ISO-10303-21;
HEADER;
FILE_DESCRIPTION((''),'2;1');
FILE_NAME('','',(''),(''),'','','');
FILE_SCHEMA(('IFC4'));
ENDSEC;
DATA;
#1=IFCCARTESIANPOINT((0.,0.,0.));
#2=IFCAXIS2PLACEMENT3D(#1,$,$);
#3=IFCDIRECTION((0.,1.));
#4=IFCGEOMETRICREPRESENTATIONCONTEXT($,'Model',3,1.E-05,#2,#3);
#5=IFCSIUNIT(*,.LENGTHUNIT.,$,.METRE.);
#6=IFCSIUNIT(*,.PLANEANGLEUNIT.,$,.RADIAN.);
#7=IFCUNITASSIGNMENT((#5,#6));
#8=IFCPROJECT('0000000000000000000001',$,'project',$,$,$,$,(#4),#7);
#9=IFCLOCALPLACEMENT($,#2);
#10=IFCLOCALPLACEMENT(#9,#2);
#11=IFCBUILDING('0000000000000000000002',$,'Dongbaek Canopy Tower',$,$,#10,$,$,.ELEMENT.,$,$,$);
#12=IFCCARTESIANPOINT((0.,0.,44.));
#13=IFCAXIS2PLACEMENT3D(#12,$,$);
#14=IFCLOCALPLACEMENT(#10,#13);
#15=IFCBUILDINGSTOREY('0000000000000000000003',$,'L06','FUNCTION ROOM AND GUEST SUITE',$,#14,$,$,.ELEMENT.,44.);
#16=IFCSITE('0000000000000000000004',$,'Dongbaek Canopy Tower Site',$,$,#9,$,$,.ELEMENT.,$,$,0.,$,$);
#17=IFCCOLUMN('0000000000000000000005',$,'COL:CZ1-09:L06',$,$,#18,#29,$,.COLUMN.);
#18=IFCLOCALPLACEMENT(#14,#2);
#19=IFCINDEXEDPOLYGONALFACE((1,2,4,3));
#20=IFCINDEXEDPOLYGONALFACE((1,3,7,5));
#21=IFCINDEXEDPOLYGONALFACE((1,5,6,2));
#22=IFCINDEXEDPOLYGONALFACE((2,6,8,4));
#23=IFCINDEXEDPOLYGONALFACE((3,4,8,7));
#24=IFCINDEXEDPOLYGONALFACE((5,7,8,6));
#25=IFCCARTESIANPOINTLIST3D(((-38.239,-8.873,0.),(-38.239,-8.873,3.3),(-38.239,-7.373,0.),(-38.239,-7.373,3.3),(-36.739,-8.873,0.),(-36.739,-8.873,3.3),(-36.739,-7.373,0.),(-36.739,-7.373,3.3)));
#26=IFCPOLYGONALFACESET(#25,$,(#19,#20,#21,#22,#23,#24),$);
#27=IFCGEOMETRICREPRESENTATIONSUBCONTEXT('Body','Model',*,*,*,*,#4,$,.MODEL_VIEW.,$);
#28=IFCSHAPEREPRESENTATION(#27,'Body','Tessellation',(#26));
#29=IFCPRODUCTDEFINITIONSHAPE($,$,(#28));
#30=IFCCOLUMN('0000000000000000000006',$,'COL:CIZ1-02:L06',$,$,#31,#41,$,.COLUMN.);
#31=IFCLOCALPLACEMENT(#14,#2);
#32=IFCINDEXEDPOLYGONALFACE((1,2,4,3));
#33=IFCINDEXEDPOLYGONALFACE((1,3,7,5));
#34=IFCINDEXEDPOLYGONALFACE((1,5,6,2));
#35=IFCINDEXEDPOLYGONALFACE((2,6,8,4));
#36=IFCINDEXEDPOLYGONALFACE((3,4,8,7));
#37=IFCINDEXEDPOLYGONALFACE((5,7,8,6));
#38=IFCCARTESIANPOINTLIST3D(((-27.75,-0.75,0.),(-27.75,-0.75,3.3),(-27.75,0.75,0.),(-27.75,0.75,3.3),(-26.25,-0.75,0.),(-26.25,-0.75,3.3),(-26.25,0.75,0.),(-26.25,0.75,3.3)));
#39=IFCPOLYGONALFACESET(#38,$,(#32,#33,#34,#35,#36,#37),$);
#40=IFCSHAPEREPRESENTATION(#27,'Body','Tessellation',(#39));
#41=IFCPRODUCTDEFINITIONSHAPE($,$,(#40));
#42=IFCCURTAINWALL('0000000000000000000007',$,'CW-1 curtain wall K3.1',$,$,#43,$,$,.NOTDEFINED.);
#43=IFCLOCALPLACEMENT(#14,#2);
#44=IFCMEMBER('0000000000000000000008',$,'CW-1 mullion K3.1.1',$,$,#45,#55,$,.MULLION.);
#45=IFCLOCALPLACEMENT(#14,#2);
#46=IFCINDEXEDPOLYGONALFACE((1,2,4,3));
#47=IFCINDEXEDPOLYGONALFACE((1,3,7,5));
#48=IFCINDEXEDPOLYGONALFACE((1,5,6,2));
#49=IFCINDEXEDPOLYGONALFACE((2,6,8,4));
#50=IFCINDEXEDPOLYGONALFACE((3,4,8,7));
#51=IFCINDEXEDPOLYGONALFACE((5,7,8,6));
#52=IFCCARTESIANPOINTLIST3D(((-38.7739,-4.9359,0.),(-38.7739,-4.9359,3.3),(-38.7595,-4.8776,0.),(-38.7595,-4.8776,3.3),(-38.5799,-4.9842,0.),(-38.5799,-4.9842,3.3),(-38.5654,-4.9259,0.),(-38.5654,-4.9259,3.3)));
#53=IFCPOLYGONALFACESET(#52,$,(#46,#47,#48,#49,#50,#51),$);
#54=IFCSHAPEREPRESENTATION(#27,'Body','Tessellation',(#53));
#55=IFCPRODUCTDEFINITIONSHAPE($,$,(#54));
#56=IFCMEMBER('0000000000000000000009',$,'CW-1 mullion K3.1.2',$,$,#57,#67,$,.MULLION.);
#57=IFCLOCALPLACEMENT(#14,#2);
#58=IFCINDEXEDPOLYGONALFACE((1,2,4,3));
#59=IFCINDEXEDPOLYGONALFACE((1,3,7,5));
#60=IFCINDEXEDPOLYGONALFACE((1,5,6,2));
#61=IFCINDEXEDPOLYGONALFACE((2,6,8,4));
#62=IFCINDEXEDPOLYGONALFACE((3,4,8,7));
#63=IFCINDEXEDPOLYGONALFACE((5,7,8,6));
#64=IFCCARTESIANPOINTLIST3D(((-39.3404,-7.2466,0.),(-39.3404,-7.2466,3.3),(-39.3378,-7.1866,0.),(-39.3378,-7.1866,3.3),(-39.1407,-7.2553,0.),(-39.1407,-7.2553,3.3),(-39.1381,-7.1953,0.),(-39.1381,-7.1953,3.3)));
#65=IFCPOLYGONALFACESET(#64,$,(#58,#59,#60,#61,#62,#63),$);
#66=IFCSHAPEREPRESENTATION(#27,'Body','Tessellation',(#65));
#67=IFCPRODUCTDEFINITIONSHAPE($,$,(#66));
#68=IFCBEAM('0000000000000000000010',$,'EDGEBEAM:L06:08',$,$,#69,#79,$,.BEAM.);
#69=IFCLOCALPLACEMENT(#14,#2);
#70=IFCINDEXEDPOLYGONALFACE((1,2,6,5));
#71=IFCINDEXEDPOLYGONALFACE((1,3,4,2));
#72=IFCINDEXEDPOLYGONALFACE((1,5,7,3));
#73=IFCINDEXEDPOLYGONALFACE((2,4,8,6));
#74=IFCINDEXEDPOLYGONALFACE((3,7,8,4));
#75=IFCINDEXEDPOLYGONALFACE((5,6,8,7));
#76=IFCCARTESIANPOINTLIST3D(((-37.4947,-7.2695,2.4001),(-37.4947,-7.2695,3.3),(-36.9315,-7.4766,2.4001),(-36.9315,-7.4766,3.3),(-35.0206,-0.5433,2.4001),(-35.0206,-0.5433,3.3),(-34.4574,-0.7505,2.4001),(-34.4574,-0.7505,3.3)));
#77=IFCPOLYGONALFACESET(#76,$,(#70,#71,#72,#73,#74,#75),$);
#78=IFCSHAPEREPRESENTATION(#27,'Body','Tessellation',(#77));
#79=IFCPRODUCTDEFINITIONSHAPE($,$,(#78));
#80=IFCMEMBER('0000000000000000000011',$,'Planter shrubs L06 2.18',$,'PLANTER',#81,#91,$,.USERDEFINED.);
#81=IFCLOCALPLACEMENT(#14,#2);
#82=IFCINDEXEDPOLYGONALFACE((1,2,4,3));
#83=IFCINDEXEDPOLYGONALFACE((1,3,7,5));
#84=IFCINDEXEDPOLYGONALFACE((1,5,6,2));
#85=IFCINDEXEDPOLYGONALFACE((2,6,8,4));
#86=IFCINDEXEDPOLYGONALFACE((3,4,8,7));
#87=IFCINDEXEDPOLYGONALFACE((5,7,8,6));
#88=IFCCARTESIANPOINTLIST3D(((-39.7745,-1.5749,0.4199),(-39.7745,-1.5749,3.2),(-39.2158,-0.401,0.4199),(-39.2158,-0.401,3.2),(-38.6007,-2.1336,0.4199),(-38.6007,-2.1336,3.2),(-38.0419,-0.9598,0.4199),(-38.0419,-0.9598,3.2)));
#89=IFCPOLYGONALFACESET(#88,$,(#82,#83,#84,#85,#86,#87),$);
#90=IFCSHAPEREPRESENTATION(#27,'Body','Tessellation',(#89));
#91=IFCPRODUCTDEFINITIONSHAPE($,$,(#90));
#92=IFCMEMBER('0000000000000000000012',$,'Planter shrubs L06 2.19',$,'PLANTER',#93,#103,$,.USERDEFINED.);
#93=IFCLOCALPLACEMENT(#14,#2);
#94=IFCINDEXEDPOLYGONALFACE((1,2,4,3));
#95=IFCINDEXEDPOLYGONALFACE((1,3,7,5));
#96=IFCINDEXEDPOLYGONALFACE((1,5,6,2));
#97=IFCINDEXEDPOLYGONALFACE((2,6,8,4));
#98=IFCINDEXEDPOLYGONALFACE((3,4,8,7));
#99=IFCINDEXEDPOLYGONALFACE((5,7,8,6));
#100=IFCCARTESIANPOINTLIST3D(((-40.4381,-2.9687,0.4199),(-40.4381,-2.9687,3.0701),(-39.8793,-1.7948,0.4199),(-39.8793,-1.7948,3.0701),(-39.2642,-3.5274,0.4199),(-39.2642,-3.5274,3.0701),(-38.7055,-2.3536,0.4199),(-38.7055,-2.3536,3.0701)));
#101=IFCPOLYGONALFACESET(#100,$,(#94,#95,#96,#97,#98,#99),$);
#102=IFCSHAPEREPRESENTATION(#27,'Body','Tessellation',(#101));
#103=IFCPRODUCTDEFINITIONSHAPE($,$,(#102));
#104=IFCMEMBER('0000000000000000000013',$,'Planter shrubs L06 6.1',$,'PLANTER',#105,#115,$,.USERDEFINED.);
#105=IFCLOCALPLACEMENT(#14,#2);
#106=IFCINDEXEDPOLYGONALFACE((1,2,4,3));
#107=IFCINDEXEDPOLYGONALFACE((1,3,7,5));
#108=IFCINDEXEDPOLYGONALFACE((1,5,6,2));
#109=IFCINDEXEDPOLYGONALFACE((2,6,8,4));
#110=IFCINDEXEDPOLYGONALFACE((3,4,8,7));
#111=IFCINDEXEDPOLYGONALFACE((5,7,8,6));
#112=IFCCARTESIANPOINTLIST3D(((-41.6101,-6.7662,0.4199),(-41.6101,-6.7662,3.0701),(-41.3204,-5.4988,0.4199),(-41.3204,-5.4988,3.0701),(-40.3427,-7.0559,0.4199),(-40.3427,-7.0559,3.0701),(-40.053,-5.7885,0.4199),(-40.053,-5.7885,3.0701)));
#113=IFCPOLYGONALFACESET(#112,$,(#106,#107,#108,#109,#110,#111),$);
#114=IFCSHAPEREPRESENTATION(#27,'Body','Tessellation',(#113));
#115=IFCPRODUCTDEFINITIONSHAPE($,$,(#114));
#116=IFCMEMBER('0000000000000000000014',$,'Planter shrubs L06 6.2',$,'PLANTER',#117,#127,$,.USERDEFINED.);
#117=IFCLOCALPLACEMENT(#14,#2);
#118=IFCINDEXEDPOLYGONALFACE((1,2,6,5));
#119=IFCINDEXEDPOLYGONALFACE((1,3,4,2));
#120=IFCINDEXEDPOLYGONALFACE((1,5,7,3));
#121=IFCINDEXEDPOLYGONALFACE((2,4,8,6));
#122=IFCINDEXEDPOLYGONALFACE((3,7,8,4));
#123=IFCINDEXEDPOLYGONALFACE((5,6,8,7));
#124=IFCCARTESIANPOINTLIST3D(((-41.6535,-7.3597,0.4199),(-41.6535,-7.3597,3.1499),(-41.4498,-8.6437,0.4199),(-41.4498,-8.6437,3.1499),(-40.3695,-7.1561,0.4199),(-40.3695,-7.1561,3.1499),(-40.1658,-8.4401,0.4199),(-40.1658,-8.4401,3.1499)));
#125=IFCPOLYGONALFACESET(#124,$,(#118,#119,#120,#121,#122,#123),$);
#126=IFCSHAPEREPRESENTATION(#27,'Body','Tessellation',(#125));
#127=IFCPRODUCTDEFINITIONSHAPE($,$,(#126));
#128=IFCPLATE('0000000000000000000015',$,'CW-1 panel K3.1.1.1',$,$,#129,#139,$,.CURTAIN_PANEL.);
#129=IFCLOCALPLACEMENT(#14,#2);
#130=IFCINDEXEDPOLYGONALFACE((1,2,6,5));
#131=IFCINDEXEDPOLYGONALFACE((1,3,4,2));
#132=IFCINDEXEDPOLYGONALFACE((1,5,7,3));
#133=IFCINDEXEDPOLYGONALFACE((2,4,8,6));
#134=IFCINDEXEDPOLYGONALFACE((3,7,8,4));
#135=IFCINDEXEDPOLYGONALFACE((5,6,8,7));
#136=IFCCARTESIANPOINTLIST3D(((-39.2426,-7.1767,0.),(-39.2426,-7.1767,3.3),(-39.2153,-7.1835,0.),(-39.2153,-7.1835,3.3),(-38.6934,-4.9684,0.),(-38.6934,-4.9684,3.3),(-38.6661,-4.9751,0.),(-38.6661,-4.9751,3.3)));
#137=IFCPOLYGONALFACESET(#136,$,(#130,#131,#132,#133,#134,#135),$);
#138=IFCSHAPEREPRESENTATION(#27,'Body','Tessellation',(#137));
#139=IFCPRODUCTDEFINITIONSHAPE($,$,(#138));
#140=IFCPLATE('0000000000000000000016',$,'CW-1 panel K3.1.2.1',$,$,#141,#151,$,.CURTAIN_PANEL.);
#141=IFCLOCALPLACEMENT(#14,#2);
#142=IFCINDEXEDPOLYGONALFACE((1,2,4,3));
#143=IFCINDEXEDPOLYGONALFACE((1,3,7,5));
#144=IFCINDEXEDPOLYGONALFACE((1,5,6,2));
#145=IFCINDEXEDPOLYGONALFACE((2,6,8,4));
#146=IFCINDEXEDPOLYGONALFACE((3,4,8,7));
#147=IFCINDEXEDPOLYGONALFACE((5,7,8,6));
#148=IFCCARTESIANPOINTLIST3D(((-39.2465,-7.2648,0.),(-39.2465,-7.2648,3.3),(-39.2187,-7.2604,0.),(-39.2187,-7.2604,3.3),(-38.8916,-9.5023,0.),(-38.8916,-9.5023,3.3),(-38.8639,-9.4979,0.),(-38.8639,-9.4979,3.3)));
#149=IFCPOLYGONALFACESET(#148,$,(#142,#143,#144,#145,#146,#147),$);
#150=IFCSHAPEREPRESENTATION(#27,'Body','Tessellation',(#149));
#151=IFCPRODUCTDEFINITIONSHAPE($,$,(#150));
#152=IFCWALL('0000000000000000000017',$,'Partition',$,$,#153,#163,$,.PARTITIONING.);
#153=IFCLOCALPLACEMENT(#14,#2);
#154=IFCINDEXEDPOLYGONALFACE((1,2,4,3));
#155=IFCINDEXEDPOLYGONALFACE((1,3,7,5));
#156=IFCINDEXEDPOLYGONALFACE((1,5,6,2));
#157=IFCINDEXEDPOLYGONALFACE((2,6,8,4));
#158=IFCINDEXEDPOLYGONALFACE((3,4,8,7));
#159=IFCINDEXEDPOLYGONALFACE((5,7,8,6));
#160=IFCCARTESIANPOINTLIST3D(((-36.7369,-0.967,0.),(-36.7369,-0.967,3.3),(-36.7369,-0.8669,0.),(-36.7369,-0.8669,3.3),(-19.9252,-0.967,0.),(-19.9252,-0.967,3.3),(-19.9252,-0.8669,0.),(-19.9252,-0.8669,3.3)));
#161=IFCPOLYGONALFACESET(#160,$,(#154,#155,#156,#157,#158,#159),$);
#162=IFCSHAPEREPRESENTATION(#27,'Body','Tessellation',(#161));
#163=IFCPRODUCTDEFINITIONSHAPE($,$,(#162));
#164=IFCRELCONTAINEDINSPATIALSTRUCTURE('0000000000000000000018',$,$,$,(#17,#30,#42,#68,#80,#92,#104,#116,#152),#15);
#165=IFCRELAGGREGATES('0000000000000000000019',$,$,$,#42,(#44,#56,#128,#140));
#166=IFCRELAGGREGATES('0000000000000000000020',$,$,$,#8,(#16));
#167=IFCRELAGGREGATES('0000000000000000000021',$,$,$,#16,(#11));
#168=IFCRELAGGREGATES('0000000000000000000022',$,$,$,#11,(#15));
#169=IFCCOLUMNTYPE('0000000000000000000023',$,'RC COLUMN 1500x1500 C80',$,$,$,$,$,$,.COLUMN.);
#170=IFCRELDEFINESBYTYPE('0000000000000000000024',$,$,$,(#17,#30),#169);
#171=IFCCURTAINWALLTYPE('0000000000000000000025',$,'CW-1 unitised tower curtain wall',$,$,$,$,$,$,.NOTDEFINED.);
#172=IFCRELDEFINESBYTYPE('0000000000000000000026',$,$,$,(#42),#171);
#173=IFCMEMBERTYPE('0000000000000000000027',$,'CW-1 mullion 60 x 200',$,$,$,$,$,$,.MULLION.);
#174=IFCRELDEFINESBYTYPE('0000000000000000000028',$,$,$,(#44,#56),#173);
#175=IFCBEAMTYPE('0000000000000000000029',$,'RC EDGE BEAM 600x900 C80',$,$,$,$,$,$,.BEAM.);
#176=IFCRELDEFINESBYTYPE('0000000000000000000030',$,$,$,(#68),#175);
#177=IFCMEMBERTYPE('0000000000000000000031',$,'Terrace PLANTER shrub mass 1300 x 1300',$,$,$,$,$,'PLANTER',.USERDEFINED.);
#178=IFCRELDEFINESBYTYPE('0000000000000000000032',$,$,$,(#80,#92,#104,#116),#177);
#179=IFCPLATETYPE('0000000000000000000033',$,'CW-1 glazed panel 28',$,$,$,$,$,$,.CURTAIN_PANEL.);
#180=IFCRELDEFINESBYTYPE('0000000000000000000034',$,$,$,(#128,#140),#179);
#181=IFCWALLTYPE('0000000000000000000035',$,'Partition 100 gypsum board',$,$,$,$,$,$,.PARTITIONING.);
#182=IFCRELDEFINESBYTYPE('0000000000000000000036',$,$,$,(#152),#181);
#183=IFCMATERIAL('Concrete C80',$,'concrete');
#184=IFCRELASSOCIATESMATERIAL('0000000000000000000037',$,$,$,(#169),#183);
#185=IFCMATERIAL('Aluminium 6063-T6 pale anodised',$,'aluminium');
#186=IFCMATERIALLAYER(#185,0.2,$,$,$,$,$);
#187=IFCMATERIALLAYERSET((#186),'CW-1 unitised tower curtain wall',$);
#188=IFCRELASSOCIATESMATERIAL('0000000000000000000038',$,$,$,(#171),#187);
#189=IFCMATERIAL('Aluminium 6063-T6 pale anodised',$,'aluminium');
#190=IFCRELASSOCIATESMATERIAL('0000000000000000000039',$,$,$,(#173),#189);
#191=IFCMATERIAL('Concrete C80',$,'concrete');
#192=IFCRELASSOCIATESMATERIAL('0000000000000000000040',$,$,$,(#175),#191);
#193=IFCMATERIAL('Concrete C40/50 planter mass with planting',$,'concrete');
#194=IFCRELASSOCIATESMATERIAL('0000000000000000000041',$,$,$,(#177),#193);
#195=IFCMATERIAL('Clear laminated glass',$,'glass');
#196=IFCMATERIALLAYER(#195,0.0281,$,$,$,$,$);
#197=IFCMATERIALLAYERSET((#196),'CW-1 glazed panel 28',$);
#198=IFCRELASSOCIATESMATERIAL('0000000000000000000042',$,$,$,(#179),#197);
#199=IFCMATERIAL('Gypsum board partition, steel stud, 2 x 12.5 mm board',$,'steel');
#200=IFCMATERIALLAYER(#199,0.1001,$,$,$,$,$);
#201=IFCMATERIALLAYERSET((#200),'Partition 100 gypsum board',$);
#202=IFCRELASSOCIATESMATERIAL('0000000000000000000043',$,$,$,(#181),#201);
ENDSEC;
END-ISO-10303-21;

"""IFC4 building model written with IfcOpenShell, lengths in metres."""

from ifc_helpers import new_model, si_unit, direction, frame, frame_2d, origin, origin_2d, place, context, subcontext, project, spatial, rectangle, extrude, material, layer, layer_set, material_profile, profile_set, type_object, element, aggregate, save


model = new_model("IFC4")

# Units and contexts
model_context = context("Model", 3, precision=1e-05, world=origin(), true_north=direction((0.0, 1.0)))
body_context = subcontext(model_context, "Body", "Model", "MODEL_VIEW")
ifc_project = project(units=[si_unit("LENGTHUNIT", "METRE"), si_unit("PLANEANGLEUNIT", "RADIAN")], contexts=[model_context])

# Site, building, storey
site_placement = place(None, origin())
site = spatial("IfcSite", under=ifc_project, at=site_placement, Name="Dongbaek Canopy Tower Site", CompositionType="ELEMENT", RefElevation=0.0)
building_placement = place(site_placement, origin())
building = spatial("IfcBuilding", under=site, at=building_placement, Name="Dongbaek Canopy Tower", CompositionType="ELEMENT")
storey_placement = place(building_placement, frame((0.0, 0.0, 44.0)))
storey = spatial("IfcBuildingStorey", under=building, at=storey_placement, Name="L06", Description="FUNCTION ROOM AND GUEST SUITE", CompositionType="ELEMENT", Elevation=44.0)

# Columns
ifc_material_1 = material(Name="Concrete C80", Category="concrete")
ifc_material_profile_1 = material_profile(ifc_material_1, rectangle(XDim=1.5, YDim=1.5, at=origin_2d()), Name="RC COLUMN 1500x1500 C80")
ifc_profile_set_1 = profile_set([ifc_material_profile_1], Name="Concrete C80")
column_type = type_object("IfcColumnType", Name="RC COLUMN 1500x1500 C80", PredefinedType="COLUMN", material=ifc_profile_set_1)
for number, where, z_axis, x_axis, name in (
    (1, (-37.489, -8.123, 0.0), (0.0, 0.0, 1.0), (1.0, 0.0, 0.0), "COL:CZ1-09:L06"),
    (2, (-27.0, 0.0, 0.0), (0.0, 0.0, 1.0), (1.0, 0.0, 0.0), "COL:CIZ1-02:L06"),
):
    element("IfcColumn", number, at=place(storey_placement, frame(where, z_axis=z_axis, x_axis=x_axis)), inside=storey, type_object=column_type, Name=name, PredefinedType="COLUMN", context=body_context, shape_type="SweptSolid", body=[
        extrude(rectangle(XDim=1.5, YDim=1.5, at=origin_2d()), origin(), (0.0, 0.0, 1.0), 3.3),
    ])

# Curtain wall, members
ifc_material_2 = material(Name="Aluminium 6063-T6 pale anodised", Category="aluminium")
ifc_layer_1 = layer(ifc_material_2, 0.2)
ifc_layer_set_1 = layer_set([ifc_layer_1], Name="CW-1 unitised tower curtain wall")
curtain_wall_type = type_object("IfcCurtainWallType", Name="CW-1 unitised tower curtain wall", PredefinedType="NOTDEFINED", material=ifc_layer_set_1)
curtain_wall_placement = place(storey_placement, origin())
curtain_wall = element("IfcCurtainWall", 3, at=curtain_wall_placement, inside=storey, type_object=curtain_wall_type, Name="CW-1 curtain wall K3.1", PredefinedType="NOTDEFINED")
ifc_material_3 = material(Name="Aluminium 6063-T6 pale anodised", Category="aluminium")
ifc_material_profile_2 = material_profile(ifc_material_3, rectangle(XDim=0.2, YDim=0.0601, at=origin_2d()), Name="CW-1 mullion 60 x 200")
ifc_profile_set_2 = profile_set([ifc_material_profile_2], Name="Aluminium 6063-T6 pale anodised")
member_type_1 = type_object("IfcMemberType", Name="CW-1 mullion 60 x 200", PredefinedType="MULLION", material=ifc_profile_set_2)
member_1_placement = place(storey_placement, frame((-38.6697, -4.9309, 0.0), z_axis=(0.0, 0.0, 1.0), x_axis=(-0.970442, 0.241335, 0.0)))
member_1 = element("IfcMember", 4, at=member_1_placement, type_object=member_type_1, Name="CW-1 mullion K3.1.1", PredefinedType="MULLION", context=body_context, shape_type="SweptSolid", body=[
    extrude(rectangle(XDim=0.2, YDim=0.0601, at=origin_2d()), origin(), (0.0, 0.0, 1.0), 3.3),
])
member_2_placement = place(storey_placement, frame((-39.2393, -7.2209, 0.0), z_axis=(0.0, 0.0, 1.0), x_axis=(-0.999066, 0.043209, 0.0)))
member_2 = element("IfcMember", 5, at=member_2_placement, type_object=member_type_1, Name="CW-1 mullion K3.1.2", PredefinedType="MULLION", context=body_context, shape_type="SweptSolid", body=[
    extrude(rectangle(XDim=0.2, YDim=0.0601, at=origin_2d()), origin(), (0.0, 0.0, 1.0), 3.3),
])

# Beam
ifc_material_4 = material(Name="Concrete C80", Category="concrete")
ifc_material_profile_3 = material_profile(ifc_material_4, rectangle(XDim=0.6001, YDim=0.8999, at=origin_2d()), Name="RC EDGE BEAM 600x900 C80")
ifc_profile_set_3 = profile_set([ifc_material_profile_3], Name="Concrete C80")
beam_type = type_object("IfcBeamType", Name="RC EDGE BEAM 600x900 C80", PredefinedType="BEAM", material=ifc_profile_set_3)
beam_placement = place(storey_placement, frame((-37.2131, -7.373, 2.8501), z_axis=(0.345225, 0.93852, 0.0), x_axis=(-0.93852, 0.345225, 0.0)))
element("IfcBeam", 6, at=beam_placement, inside=storey, type_object=beam_type, Name="EDGEBEAM:L06:08", PredefinedType="BEAM", context=body_context, shape_type="SweptSolid", body=[
    extrude(rectangle(XDim=0.6001, YDim=0.8999, at=origin_2d()), origin(), (0.0, 0.0, 1.0), 7.1667),
])

# Members
ifc_material_5 = material(Name="Concrete C40/50 planter mass with planting", Category="concrete")
ifc_material_profile_4 = material_profile(ifc_material_5, rectangle(XDim=1.3, YDim=1.3, at=origin_2d()), Name="Terrace PLANTER shrub mass 1300 x 1300")
ifc_profile_set_4 = profile_set([ifc_material_profile_4], Name="Concrete C40/50 planter mass with planting")
member_type_2 = type_object("IfcMemberType", Name="Terrace PLANTER shrub mass 1300 x 1300", ElementType="PLANTER", PredefinedType="USERDEFINED", material=ifc_profile_set_4)
member_3_placement = place(storey_placement, frame((-38.9082, -1.2673, 0.4199), z_axis=(0.0, 0.0, 1.0), x_axis=(-0.902929, 0.42979, 0.0)))
element("IfcMember", 7, at=member_3_placement, inside=storey, type_object=member_type_2, Name="Planter shrubs L06 2.18", ObjectType="PLANTER", PredefinedType="USERDEFINED", context=body_context, shape_type="SweptSolid", body=[
    extrude(rectangle(XDim=1.3, YDim=1.3, at=origin_2d()), origin(), (0.0, 0.0, 1.0), 2.78),
])
for number, where, z_axis, x_axis, name in (
    (8, (-39.5718, -2.6611, 0.4199), (0.0, 0.0, 1.0), (-0.902929, 0.42979, 0.0), "Planter shrubs L06 2.19"),
    (9, (-40.8315, -6.2773, 0.4199), (0.0, 0.0, 1.0), (-0.974864, 0.2228, 0.0), "Planter shrubs L06 6.1"),
):
    element("IfcMember", number, at=place(storey_placement, frame(where, z_axis=z_axis, x_axis=x_axis)), inside=storey, type_object=member_type_2, Name=name, ObjectType="PLANTER", PredefinedType="USERDEFINED", context=body_context, shape_type="SweptSolid", body=[
        extrude(rectangle(XDim=1.3, YDim=1.3, at=origin_2d()), origin(), (0.0, 0.0, 1.0), 2.6501),
    ])
member_4_placement = place(storey_placement, frame((-40.9097, -7.8999, 0.4199), z_axis=(0.0, 0.0, 1.0), x_axis=(-0.987655, -0.156648, 0.0)))
element("IfcMember", 10, at=member_4_placement, inside=storey, type_object=member_type_2, Name="Planter shrubs L06 6.2", ObjectType="PLANTER", PredefinedType="USERDEFINED", context=body_context, shape_type="SweptSolid", body=[
    extrude(rectangle(XDim=1.3, YDim=1.3, at=origin_2d()), origin(), (0.0, 0.0, 1.0), 2.73),
])

# Plates
ifc_material_6 = material(Name="Clear laminated glass", Category="glass")
ifc_layer_2 = layer(ifc_material_6, 0.0281)
ifc_layer_set_2 = layer_set([ifc_layer_2], Name="CW-1 glazed panel 28")
plate_type = type_object("IfcPlateType", Name="CW-1 glazed panel 28", PredefinedType="CURTAIN_PANEL", material=ifc_layer_set_2)
plate_1_placement = place(storey_placement, frame((-38.9543, -6.0759, 0.0), z_axis=(0.0, 0.0, 1.0), x_axis=(-0.241335, -0.970442, 0.0)))
plate_1 = element("IfcPlate", 11, at=plate_1_placement, type_object=plate_type, Name="CW-1 panel K3.1.1.1", PredefinedType="CURTAIN_PANEL", context=body_context, shape_type="SweptSolid", body=[
    extrude(rectangle(XDim=2.2756, YDim=0.0281, at=origin_2d()), origin(), (0.0, 0.0, 1.0), 3.3),
])
plate_2_placement = place(storey_placement, frame((-39.0552, -8.3813, 0.0), z_axis=(0.0, 0.0, 1.0), x_axis=(0.156648, -0.987655, 0.0)))
plate_2 = element("IfcPlate", 12, at=plate_2_placement, type_object=plate_type, Name="CW-1 panel K3.1.2.1", PredefinedType="CURTAIN_PANEL", context=body_context, shape_type="SweptSolid", body=[
    extrude(rectangle(XDim=2.2654, YDim=0.0281, at=origin_2d()), origin(), (0.0, 0.0, 1.0), 3.3),
])
aggregate(curtain_wall, [member_1, member_2, plate_1, plate_2])

# Wall
ifc_material_7 = material(Name="Gypsum board partition, steel stud, 2 x 12.5 mm board", Category="steel")
ifc_layer_3 = layer(ifc_material_7, 0.1001)
ifc_layer_set_3 = layer_set([ifc_layer_3], Name="Partition 100 gypsum board")
wall_type = type_object("IfcWallType", Name="Partition 100 gypsum board", PredefinedType="PARTITIONING", material=ifc_layer_set_3)
wall_placement = place(storey_placement, frame((-36.7368, -0.917, 0.0), z_axis=(0.0, 0.0, 1.0), x_axis=(1.0, 0.0, 0.0)))
element("IfcWall", 13, at=wall_placement, inside=storey, type_object=wall_type, Name="Partition", PredefinedType="PARTITIONING", context=body_context, shape_type="SweptSolid", body=[
    extrude(rectangle(XDim=16.8118, YDim=0.1001, at=frame_2d((8.4058, 0.0))), origin(), (0.0, 0.0, 1.0), 3.3),
])

save(model, "model.ifc")
